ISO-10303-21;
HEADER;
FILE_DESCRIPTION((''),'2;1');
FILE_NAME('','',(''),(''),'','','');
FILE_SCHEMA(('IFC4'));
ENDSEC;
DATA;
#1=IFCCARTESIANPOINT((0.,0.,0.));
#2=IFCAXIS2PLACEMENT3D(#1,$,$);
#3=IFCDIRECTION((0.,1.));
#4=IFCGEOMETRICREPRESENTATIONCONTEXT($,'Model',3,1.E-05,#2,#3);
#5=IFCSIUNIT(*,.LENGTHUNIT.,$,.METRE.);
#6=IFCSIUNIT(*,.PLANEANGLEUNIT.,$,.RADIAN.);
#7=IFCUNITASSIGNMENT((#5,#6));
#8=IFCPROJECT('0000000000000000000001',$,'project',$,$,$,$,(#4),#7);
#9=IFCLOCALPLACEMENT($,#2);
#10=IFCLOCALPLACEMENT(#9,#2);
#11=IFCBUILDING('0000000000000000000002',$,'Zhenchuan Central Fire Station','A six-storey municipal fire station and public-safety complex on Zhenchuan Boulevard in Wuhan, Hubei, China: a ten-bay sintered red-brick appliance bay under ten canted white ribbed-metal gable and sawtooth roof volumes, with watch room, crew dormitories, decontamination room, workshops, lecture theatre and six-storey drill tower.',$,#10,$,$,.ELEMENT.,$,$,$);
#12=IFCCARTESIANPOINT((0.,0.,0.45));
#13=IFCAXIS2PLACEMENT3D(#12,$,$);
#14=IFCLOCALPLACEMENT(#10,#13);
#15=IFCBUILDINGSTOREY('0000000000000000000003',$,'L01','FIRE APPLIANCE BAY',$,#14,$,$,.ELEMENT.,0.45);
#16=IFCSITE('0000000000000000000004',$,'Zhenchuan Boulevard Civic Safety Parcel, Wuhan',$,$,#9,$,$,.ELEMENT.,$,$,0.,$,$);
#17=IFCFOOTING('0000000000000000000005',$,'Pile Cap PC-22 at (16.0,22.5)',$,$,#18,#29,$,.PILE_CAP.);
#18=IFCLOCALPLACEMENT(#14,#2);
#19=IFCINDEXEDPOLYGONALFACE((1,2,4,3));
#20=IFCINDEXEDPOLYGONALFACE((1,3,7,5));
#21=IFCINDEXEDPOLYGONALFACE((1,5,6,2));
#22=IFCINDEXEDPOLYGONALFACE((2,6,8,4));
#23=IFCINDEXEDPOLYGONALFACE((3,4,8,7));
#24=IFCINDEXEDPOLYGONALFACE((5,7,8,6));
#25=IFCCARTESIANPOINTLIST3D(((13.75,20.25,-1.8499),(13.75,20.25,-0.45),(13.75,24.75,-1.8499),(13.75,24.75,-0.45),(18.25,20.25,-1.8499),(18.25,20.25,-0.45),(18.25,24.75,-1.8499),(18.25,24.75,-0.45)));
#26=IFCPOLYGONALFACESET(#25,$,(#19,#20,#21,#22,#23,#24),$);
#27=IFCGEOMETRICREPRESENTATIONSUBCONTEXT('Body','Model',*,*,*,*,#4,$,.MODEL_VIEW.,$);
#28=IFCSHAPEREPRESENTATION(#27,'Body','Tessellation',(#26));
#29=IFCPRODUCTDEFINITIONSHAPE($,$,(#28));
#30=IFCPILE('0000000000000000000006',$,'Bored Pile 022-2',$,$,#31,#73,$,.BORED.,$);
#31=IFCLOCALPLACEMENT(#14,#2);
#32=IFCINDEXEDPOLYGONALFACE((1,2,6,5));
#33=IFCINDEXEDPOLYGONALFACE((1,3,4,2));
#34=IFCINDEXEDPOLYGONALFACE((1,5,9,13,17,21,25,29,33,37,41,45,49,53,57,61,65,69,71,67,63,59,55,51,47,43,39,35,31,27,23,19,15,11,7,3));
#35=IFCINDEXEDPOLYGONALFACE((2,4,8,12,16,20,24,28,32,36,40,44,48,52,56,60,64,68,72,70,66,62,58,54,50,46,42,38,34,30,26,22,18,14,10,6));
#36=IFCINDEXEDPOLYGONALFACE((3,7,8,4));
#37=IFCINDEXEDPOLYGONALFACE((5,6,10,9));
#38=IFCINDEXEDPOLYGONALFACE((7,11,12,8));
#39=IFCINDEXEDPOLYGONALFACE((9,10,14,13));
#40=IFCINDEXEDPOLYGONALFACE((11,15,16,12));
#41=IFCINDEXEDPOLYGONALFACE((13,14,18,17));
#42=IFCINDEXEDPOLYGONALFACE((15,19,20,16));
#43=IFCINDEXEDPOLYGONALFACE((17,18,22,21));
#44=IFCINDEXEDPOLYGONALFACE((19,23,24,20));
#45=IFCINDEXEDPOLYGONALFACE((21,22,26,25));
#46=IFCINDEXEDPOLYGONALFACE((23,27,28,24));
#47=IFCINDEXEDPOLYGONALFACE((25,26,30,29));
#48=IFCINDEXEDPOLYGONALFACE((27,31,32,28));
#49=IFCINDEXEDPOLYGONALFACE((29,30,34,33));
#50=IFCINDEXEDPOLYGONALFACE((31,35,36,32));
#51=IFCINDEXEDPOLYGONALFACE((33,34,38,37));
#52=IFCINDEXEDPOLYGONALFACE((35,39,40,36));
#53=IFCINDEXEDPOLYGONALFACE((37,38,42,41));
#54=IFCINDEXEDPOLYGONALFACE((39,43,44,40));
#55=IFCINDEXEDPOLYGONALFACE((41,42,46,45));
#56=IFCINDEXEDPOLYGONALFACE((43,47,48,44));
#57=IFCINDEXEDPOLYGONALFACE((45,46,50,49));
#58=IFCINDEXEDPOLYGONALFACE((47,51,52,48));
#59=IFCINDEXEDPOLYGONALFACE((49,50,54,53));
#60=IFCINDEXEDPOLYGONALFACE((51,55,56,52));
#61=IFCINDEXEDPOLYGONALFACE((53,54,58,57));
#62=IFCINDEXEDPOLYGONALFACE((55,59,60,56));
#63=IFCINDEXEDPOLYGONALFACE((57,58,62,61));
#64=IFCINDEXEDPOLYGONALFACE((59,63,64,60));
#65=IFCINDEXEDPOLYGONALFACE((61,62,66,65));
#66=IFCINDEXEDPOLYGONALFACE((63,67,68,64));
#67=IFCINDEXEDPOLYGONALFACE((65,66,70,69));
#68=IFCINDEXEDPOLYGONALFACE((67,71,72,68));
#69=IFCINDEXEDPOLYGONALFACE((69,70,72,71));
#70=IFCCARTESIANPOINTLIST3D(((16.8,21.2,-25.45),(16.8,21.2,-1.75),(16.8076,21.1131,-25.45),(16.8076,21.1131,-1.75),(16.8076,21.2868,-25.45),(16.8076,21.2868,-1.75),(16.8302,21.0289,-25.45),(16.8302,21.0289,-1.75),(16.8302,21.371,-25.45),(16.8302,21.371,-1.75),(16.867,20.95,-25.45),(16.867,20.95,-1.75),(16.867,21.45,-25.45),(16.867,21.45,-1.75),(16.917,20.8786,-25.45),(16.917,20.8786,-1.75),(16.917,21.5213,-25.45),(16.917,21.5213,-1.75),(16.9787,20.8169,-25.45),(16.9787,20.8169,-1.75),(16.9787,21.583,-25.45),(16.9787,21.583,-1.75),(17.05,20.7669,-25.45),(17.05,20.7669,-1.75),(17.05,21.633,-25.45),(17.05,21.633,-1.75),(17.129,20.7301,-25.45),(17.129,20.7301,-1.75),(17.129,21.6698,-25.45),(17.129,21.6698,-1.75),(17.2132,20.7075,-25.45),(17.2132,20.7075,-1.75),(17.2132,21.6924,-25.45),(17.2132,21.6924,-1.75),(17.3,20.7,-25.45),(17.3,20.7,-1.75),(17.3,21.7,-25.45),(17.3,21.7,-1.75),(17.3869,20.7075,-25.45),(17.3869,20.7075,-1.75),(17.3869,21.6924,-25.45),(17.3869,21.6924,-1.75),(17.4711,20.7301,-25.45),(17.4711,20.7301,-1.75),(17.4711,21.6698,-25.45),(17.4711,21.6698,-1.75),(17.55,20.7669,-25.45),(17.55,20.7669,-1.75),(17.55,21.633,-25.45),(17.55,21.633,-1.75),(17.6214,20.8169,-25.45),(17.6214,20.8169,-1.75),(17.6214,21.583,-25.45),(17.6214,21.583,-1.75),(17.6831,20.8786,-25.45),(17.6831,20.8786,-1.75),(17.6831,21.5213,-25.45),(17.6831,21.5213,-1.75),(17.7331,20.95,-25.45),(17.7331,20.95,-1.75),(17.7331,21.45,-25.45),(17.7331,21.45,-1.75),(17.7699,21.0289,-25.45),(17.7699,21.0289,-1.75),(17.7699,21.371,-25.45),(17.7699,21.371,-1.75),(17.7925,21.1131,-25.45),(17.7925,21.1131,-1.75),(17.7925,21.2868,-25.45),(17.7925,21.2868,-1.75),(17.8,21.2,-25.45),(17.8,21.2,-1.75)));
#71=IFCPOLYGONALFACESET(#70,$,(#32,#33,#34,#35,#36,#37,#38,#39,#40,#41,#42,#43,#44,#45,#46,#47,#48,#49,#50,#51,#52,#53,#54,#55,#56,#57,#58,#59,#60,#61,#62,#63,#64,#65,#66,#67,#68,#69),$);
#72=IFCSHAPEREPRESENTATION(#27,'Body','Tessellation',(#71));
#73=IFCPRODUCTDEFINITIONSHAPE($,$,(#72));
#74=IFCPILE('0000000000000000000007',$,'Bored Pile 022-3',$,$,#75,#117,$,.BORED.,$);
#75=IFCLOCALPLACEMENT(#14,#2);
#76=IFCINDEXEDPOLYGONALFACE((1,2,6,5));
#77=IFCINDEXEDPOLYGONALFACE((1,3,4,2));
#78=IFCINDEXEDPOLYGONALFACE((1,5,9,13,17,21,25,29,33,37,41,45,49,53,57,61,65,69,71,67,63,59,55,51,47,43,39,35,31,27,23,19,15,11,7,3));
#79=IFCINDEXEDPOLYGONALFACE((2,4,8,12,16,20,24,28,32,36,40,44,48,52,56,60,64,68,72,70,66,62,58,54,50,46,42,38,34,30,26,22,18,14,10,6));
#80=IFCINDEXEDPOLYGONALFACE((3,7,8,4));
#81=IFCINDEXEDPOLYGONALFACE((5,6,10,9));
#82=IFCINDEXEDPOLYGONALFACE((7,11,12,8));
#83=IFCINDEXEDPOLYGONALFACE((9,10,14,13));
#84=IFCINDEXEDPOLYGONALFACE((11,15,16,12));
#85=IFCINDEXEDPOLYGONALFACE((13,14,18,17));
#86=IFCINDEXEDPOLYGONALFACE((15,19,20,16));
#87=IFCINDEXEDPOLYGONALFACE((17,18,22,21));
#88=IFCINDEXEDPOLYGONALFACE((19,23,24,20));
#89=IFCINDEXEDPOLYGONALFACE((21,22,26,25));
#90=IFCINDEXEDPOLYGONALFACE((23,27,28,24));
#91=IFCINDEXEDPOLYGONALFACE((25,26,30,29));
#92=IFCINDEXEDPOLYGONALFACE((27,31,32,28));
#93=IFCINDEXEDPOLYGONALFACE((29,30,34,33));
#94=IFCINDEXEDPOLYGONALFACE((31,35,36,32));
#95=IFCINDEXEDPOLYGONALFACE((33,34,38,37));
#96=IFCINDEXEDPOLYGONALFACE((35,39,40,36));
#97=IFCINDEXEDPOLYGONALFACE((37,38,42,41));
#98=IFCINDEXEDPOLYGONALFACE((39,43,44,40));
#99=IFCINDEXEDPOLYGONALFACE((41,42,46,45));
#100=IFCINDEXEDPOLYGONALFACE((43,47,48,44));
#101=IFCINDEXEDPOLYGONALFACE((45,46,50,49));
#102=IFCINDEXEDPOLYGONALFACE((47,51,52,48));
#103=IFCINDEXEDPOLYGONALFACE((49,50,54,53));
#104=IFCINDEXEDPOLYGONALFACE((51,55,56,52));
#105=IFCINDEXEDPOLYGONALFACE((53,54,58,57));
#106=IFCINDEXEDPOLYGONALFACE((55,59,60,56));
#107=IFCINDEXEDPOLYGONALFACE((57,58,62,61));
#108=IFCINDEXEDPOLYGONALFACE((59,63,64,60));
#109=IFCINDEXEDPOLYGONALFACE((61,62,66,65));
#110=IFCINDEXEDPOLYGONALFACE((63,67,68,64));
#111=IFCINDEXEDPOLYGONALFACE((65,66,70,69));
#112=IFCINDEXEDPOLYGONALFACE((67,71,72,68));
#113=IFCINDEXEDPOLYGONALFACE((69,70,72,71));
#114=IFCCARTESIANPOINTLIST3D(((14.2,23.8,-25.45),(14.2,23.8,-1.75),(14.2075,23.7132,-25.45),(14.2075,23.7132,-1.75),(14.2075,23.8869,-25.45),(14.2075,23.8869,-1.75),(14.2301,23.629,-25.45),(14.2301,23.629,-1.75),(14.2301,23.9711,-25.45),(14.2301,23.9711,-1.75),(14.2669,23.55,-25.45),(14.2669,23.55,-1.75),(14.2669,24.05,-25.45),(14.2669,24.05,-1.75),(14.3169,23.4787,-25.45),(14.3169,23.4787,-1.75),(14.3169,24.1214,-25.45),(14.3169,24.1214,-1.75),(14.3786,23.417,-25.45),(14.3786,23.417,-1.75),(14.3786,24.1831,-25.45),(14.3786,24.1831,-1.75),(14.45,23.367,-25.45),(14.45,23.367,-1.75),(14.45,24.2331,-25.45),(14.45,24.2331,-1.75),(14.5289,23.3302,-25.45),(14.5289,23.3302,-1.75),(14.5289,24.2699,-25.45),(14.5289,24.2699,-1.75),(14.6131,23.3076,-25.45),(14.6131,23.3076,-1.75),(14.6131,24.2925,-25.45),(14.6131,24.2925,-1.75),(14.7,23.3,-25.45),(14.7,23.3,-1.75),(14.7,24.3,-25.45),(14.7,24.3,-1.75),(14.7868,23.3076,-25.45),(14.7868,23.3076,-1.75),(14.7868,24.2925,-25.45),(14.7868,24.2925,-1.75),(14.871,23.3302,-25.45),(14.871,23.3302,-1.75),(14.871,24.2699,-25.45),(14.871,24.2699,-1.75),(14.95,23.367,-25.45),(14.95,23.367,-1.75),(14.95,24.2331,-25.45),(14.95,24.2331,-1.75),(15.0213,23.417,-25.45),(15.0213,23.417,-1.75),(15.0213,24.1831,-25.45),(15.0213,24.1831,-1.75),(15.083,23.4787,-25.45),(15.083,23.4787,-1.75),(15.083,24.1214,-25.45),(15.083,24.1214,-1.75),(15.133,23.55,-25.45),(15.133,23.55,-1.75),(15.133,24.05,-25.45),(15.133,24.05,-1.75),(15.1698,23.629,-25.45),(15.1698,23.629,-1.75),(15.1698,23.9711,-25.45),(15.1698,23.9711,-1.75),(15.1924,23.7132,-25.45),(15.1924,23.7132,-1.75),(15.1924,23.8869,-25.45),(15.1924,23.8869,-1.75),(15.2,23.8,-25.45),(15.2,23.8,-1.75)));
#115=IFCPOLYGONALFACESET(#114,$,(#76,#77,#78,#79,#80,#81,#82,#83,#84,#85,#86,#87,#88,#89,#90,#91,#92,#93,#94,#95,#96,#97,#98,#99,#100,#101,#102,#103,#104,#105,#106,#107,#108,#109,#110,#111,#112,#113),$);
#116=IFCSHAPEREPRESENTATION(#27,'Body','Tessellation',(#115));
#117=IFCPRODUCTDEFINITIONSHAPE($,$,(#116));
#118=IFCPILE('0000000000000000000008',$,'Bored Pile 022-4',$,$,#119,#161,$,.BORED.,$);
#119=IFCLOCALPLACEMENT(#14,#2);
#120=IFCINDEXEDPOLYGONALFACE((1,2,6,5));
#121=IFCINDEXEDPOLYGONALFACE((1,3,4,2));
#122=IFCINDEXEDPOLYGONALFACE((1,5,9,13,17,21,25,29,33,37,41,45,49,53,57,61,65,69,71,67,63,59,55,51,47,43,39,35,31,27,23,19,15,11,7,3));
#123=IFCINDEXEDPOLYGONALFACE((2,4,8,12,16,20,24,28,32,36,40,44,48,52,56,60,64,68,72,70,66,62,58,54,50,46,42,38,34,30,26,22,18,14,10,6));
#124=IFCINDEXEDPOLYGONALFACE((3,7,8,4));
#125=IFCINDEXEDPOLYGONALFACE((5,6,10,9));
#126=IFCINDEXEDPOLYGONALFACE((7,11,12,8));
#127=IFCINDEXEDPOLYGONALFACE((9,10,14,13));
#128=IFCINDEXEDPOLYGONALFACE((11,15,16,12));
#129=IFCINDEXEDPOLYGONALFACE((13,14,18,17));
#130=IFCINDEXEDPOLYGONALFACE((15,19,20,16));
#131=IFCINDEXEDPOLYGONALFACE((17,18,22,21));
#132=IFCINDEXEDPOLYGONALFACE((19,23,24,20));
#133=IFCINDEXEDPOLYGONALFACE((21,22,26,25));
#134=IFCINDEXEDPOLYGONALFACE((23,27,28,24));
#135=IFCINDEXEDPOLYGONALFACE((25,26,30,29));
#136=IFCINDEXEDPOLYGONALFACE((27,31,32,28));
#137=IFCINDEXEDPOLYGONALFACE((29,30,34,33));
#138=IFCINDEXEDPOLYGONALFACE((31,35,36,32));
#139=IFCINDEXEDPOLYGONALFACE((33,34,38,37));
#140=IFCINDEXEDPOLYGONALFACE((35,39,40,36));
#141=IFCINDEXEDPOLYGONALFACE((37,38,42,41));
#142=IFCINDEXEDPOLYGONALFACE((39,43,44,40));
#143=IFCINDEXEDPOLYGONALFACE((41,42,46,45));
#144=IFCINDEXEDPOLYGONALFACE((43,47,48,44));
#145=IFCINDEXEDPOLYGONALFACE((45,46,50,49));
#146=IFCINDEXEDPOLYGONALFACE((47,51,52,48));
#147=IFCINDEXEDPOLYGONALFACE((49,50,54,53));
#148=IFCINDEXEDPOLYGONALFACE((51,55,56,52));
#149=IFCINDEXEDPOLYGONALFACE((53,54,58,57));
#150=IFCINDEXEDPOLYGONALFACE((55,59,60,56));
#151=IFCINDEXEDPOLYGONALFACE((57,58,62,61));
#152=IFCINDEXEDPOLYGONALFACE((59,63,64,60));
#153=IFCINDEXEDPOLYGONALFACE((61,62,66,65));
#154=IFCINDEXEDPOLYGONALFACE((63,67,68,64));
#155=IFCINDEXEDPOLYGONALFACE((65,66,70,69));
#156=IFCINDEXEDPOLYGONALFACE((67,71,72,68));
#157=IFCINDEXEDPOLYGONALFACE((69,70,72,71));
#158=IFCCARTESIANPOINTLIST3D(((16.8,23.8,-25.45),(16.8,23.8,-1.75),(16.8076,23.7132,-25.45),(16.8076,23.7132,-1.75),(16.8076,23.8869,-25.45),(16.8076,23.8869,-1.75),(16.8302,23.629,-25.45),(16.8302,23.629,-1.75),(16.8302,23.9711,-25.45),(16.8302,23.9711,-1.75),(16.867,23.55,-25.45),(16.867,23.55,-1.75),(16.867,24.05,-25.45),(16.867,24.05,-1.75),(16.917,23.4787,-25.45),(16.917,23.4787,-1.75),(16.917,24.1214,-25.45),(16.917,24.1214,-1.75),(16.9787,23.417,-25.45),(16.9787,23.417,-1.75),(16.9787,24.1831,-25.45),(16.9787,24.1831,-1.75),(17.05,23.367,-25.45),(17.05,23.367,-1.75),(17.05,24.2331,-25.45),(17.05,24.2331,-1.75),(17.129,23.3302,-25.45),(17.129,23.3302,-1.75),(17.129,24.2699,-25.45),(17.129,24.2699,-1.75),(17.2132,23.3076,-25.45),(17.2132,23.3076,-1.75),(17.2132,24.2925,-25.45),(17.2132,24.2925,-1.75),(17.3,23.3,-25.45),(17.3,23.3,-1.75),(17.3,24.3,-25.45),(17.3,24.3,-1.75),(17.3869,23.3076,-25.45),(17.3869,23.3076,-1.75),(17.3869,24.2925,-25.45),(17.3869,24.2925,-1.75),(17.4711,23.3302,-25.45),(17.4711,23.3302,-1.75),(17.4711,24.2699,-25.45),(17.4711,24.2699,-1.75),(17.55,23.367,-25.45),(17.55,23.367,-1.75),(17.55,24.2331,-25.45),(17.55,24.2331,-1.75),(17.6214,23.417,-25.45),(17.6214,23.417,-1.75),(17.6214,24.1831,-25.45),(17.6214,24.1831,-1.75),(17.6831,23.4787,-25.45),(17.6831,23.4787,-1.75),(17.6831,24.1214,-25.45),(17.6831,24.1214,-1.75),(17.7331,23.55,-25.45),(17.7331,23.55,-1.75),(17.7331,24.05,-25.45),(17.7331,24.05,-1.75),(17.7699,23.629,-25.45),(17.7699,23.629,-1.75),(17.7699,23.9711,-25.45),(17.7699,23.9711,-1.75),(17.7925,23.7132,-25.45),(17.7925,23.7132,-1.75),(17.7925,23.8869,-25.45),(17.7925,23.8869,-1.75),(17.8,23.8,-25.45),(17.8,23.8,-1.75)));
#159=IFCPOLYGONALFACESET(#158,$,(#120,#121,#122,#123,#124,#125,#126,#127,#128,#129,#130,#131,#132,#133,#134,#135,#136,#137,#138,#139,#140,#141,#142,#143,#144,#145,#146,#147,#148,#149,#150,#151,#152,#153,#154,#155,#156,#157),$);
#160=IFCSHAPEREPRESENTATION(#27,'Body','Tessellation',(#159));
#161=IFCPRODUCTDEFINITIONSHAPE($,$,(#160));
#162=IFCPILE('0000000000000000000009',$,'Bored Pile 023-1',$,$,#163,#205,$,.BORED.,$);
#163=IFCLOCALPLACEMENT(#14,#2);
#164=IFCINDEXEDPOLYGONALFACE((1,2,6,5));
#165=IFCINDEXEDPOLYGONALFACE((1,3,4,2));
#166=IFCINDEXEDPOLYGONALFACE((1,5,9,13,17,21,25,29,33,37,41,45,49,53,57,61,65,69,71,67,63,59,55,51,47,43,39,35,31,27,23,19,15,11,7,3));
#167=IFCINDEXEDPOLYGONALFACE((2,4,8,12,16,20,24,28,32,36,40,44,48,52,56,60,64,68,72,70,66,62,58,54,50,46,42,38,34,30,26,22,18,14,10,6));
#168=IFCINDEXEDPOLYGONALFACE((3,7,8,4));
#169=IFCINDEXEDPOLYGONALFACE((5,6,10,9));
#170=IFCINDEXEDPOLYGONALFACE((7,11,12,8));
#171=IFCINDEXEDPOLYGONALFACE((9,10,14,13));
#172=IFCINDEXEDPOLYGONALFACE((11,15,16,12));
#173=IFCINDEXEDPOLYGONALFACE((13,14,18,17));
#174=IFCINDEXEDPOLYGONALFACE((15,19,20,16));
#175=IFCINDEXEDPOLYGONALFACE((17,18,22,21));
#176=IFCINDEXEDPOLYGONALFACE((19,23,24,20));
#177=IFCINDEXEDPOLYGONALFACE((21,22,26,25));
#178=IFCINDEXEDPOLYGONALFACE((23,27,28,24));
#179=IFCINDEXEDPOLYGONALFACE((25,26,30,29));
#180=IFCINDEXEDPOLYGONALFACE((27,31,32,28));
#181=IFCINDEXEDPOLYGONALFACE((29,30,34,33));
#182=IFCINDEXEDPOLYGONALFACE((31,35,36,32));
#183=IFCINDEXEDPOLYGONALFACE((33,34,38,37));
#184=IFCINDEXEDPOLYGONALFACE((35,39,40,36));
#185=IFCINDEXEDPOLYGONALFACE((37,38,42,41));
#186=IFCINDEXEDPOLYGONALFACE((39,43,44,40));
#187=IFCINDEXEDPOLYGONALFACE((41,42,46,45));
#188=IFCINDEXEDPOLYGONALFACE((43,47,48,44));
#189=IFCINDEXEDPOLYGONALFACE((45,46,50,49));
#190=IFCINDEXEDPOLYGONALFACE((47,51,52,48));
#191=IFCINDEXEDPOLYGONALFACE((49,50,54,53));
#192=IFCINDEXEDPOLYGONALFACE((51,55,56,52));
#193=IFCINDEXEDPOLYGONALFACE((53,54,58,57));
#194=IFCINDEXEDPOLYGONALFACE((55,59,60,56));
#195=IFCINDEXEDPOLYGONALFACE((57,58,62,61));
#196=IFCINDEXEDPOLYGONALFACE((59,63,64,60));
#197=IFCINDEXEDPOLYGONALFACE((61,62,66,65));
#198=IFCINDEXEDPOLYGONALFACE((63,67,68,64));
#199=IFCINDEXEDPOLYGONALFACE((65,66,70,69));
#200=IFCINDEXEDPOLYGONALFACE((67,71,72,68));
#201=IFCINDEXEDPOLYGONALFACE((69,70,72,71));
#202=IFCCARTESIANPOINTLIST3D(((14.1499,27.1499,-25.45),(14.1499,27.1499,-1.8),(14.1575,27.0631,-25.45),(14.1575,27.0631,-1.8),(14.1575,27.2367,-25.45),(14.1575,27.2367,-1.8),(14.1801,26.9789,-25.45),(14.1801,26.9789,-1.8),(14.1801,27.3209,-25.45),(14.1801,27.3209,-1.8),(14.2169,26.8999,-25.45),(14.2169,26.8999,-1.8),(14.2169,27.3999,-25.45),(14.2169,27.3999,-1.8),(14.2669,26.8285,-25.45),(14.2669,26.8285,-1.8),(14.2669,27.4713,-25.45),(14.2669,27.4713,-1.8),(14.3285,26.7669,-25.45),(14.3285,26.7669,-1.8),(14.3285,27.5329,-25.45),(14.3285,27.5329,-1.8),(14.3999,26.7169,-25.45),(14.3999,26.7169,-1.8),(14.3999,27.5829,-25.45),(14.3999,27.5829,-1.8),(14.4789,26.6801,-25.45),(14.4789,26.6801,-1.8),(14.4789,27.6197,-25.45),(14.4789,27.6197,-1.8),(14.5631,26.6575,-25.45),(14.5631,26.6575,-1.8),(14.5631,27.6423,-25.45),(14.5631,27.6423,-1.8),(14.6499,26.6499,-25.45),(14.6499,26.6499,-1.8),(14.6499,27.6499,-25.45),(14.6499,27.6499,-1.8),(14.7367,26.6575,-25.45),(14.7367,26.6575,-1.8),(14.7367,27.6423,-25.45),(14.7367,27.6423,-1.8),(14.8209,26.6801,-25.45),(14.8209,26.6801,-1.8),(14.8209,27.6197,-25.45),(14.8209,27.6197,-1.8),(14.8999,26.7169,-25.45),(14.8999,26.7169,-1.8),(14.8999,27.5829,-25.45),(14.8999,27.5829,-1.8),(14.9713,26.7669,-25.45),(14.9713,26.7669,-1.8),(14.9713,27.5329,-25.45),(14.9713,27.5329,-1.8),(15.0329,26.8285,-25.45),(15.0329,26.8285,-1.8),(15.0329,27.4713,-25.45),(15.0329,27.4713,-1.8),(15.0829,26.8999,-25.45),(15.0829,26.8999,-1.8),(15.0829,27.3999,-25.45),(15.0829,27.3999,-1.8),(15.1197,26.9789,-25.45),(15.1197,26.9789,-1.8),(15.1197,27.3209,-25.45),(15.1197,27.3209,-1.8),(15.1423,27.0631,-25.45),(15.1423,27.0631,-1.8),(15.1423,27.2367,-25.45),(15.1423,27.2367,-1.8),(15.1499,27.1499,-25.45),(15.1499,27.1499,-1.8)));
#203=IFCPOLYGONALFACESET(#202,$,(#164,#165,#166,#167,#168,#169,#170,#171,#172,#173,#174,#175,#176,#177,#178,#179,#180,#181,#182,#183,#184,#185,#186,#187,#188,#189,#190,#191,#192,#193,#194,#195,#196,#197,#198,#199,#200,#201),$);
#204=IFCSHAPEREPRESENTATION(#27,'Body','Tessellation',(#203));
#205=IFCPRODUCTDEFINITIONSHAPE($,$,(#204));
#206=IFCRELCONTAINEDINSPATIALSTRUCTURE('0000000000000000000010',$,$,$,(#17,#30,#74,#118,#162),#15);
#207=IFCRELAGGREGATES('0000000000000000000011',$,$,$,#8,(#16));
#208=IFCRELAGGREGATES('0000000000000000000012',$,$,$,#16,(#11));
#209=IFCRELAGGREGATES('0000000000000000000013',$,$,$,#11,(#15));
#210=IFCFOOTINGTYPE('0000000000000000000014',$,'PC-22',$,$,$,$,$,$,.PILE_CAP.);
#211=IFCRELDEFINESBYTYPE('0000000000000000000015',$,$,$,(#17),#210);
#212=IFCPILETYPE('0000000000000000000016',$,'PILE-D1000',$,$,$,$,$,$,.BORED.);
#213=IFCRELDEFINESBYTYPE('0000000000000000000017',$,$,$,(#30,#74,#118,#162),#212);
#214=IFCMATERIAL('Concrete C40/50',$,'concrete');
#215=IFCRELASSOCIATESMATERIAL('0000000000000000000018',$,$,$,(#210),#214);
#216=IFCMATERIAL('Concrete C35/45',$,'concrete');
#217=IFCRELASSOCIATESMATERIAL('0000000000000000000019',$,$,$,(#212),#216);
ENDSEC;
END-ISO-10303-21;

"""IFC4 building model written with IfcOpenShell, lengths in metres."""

from ifc_helpers import new_model, si_unit, direction, frame, origin, origin_2d, place, context, subcontext, project, spatial, rectangle, circle, extrude, material, material_profile, profile_set, type_object, element, save


model = new_model("IFC4")

# Units and contexts
model_context = context("Model", 3, precision=1e-05, world=origin(), true_north=direction((0.0, 1.0)))
body_context = subcontext(model_context, "Body", "Model", "MODEL_VIEW")
ifc_project = project(units=[si_unit("LENGTHUNIT", "METRE"), si_unit("PLANEANGLEUNIT", "RADIAN")], contexts=[model_context])

# Site, building, storey
site_placement = place(None, origin())
site = spatial("IfcSite", under=ifc_project, at=site_placement, Name="Zhenchuan Boulevard Civic Safety Parcel, Wuhan", CompositionType="ELEMENT", RefElevation=0.0)
building_placement = place(site_placement, origin())
building = spatial("IfcBuilding", under=site, at=building_placement, Name="Zhenchuan Central Fire Station", Description="A six-storey municipal fire station and public-safety complex on Zhenchuan Boulevard in Wuhan, Hubei, China: a ten-bay sintered red-brick appliance bay under ten canted white ribbed-metal gable and sawtooth roof volumes, with watch room, crew dormitories, decontamination room, workshops, lecture theatre and six-storey drill tower.", CompositionType="ELEMENT")
storey_placement = place(building_placement, frame((0.0, 0.0, 0.45)))
storey = spatial("IfcBuildingStorey", under=building, at=storey_placement, Name="L01", Description="FIRE APPLIANCE BAY", CompositionType="ELEMENT", Elevation=0.45)

# Footing
ifc_material_1 = material(Name="Concrete C40/50", Category="concrete")
footing_type = type_object("IfcFootingType", Name="PC-22", PredefinedType="PILE_CAP", material=ifc_material_1)
footing_placement = place(storey_placement, frame((16.0, 22.5, -1.8499), z_axis=(0.0, 0.0, 1.0), x_axis=(1.0, 0.0, 0.0)))
element("IfcFooting", 1, at=footing_placement, inside=storey, type_object=footing_type, Name="Pile Cap PC-22 at (16.0,22.5)", PredefinedType="PILE_CAP", context=body_context, shape_type="SweptSolid", body=[
    extrude(rectangle(XDim=4.5, YDim=4.5, at=origin_2d()), origin(), (0.0, 0.0, 1.0), 1.3999),
])

# Piles
ifc_material_2 = material(Name="Concrete C35/45", Category="concrete")
ifc_material_profile_1 = material_profile(ifc_material_2, circle(Radius=0.5, at=origin_2d()), Name="PILE D1000")
ifc_profile_set_1 = profile_set([ifc_material_profile_1], Name="Concrete C35/45")
pile_type_1 = type_object("IfcPileType", Name="PILE-D1000", PredefinedType="BORED", material=ifc_profile_set_1)
for number, where, z_axis, x_axis, name in (
    (2, (17.3, 21.2, -1.75), (0.0, 0.0, -1.0), (1.0, 0.0, 0.0), "Bored Pile 022-2"),
    (3, (14.7, 23.8, -1.75), (0.0, 0.0, -1.0), (1.0, 0.0, 0.0), "Bored Pile 022-3"),
    (4, (17.3, 23.8, -1.75), (0.0, 0.0, -1.0), (1.0, 0.0, 0.0), "Bored Pile 022-4"),
):
    element("IfcPile", number, at=place(storey_placement, frame(where, z_axis=z_axis, x_axis=x_axis)), inside=storey, type_object=pile_type_1, Name=name, PredefinedType="BORED", context=body_context, shape_type="SweptSolid", body=[
        extrude(circle(Radius=0.5, at=origin_2d()), origin(), (0.0, 0.0, 1.0), 23.7),
    ])
pile_1_placement = place(storey_placement, frame((14.6499, 27.1499, -1.8), z_axis=(0.0, 0.0, -1.0), x_axis=(1.0, 0.0, 0.0)))
element("IfcPile", 5, at=pile_1_placement, inside=storey, type_object=pile_type_1, Name="Bored Pile 023-1", PredefinedType="BORED", context=body_context, shape_type="SweptSolid", body=[
    extrude(circle(Radius=0.5, at=origin_2d()), origin(), (0.0, 0.0, 1.0), 23.6499),
])

save(model, "model.ifc")
